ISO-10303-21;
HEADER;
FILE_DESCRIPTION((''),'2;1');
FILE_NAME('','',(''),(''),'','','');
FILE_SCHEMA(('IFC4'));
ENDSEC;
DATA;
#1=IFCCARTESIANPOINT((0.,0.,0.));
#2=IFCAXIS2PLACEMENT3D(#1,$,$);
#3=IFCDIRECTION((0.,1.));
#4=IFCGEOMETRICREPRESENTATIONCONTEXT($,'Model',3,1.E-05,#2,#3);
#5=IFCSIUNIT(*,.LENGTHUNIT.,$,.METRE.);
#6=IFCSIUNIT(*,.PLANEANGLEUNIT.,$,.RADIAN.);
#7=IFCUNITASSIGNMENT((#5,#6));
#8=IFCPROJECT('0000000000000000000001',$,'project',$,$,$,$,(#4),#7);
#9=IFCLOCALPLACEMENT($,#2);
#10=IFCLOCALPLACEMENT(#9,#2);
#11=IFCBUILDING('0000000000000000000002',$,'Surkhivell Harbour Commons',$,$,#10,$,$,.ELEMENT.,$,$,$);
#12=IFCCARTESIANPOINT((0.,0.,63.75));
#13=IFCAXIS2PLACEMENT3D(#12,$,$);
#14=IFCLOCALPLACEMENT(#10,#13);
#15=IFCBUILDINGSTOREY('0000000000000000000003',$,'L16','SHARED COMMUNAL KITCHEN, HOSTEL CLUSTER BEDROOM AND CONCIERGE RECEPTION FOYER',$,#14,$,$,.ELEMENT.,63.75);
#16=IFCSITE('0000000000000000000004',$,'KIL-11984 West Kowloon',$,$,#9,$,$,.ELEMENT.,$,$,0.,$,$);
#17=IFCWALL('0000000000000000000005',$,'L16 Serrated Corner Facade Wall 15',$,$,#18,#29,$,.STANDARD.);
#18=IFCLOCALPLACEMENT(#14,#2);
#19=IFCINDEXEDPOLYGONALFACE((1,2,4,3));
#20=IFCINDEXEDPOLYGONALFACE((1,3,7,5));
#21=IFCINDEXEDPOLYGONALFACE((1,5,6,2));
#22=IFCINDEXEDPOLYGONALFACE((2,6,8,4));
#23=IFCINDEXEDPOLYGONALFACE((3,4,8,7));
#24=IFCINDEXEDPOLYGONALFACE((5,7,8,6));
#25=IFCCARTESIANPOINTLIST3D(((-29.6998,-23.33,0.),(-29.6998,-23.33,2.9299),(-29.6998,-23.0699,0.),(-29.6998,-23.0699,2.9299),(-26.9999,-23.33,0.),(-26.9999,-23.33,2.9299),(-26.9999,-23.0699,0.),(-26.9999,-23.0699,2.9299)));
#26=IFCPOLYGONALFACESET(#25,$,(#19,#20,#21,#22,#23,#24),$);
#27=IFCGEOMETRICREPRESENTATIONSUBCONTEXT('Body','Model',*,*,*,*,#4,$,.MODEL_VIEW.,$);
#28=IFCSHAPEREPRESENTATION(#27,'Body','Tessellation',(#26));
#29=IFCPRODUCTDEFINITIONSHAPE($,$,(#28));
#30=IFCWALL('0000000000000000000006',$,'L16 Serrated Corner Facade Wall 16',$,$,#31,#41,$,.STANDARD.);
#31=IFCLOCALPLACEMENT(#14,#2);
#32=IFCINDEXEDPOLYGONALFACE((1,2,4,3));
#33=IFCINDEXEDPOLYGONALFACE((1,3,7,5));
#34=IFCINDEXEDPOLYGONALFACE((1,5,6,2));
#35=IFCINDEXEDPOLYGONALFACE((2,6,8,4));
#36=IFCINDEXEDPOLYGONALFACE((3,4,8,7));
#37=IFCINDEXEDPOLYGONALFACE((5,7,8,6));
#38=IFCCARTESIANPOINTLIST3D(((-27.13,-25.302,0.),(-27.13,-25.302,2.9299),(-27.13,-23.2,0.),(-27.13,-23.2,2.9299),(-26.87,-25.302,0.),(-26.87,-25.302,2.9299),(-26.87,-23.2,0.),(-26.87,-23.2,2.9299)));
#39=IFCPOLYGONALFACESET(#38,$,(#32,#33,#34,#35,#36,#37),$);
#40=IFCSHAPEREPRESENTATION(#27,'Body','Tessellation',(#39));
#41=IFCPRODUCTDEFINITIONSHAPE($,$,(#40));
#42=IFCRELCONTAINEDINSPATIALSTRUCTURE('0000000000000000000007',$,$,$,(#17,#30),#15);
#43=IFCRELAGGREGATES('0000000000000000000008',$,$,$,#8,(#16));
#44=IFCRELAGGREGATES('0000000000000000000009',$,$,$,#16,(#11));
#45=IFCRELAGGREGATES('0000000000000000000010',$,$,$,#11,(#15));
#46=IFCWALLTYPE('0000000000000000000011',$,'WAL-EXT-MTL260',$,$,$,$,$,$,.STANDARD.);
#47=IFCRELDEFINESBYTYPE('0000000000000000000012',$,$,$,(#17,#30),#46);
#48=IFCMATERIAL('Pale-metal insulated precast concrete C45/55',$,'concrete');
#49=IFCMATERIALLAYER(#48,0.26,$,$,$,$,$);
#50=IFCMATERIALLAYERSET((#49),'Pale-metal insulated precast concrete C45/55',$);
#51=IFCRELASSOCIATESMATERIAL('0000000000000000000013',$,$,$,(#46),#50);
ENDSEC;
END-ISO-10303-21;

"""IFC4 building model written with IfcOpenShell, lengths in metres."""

from ifc_helpers import new_model, si_unit, direction, frame, frame_2d, origin, place, context, subcontext, project, spatial, rectangle, extrude, material, layer, layer_set, type_object, element, save


model = new_model("IFC4")

# Units and contexts
model_context = context("Model", 3, precision=1e-05, world=origin(), true_north=direction((0.0, 1.0)))
body_context = subcontext(model_context, "Body", "Model", "MODEL_VIEW")
ifc_project = project(units=[si_unit("LENGTHUNIT", "METRE"), si_unit("PLANEANGLEUNIT", "RADIAN")], contexts=[model_context])

# Site, building, storey
site_placement = place(None, origin())
site = spatial("IfcSite", under=ifc_project, at=site_placement, Name="KIL-11984 West Kowloon", CompositionType="ELEMENT", RefElevation=0.0)
building_placement = place(site_placement, origin())
building = spatial("IfcBuilding", under=site, at=building_placement, Name="Surkhivell Harbour Commons", CompositionType="ELEMENT")
storey_placement = place(building_placement, frame((0.0, 0.0, 63.75)))
storey = spatial("IfcBuildingStorey", under=building, at=storey_placement, Name="L16", Description="SHARED COMMUNAL KITCHEN, HOSTEL CLUSTER BEDROOM AND CONCIERGE RECEPTION FOYER", CompositionType="ELEMENT", Elevation=63.75)

# Walls
ifc_material_1 = material(Name="Pale-metal insulated precast concrete C45/55", Category="concrete")
ifc_layer_1 = layer(ifc_material_1, 0.26)
ifc_layer_set_1 = layer_set([ifc_layer_1], Name="Pale-metal insulated precast concrete C45/55")
wall_type = type_object("IfcWallType", Name="WAL-EXT-MTL260", PredefinedType="STANDARD", material=ifc_layer_set_1)
for number, where, z_axis, x_axis, name in (
    (1, (-29.7, -23.2, 0.0), (0.0, 0.0, 1.0), (1.0, 0.0, 0.0), "L16 Serrated Corner Facade Wall 15"),
):
    element("IfcWall", number, at=place(storey_placement, frame(where, z_axis=z_axis, x_axis=x_axis)), inside=storey, type_object=wall_type, Name=name, PredefinedType="STANDARD", context=body_context, shape_type="SweptSolid", body=[
        extrude(rectangle(XDim=2.7, YDim=0.26, at=frame_2d((1.3501, 0.0))), origin(), (0.0, 0.0, 1.0), 2.9299),
    ])
wall_1_placement = place(storey_placement, frame((-27.0, -23.2, 0.0), z_axis=(0.0, 0.0, 1.0), x_axis=(0.0, -1.0, 0.0)))
element("IfcWall", 2, at=wall_1_placement, inside=storey, type_object=wall_type, Name="L16 Serrated Corner Facade Wall 16", PredefinedType="STANDARD", context=body_context, shape_type="SweptSolid", body=[
    extrude(rectangle(XDim=2.1021, YDim=0.26, at=frame_2d((1.051, 0.0))), origin(), (0.0, 0.0, 1.0), 2.9299),
])

save(model, "model.ifc")
